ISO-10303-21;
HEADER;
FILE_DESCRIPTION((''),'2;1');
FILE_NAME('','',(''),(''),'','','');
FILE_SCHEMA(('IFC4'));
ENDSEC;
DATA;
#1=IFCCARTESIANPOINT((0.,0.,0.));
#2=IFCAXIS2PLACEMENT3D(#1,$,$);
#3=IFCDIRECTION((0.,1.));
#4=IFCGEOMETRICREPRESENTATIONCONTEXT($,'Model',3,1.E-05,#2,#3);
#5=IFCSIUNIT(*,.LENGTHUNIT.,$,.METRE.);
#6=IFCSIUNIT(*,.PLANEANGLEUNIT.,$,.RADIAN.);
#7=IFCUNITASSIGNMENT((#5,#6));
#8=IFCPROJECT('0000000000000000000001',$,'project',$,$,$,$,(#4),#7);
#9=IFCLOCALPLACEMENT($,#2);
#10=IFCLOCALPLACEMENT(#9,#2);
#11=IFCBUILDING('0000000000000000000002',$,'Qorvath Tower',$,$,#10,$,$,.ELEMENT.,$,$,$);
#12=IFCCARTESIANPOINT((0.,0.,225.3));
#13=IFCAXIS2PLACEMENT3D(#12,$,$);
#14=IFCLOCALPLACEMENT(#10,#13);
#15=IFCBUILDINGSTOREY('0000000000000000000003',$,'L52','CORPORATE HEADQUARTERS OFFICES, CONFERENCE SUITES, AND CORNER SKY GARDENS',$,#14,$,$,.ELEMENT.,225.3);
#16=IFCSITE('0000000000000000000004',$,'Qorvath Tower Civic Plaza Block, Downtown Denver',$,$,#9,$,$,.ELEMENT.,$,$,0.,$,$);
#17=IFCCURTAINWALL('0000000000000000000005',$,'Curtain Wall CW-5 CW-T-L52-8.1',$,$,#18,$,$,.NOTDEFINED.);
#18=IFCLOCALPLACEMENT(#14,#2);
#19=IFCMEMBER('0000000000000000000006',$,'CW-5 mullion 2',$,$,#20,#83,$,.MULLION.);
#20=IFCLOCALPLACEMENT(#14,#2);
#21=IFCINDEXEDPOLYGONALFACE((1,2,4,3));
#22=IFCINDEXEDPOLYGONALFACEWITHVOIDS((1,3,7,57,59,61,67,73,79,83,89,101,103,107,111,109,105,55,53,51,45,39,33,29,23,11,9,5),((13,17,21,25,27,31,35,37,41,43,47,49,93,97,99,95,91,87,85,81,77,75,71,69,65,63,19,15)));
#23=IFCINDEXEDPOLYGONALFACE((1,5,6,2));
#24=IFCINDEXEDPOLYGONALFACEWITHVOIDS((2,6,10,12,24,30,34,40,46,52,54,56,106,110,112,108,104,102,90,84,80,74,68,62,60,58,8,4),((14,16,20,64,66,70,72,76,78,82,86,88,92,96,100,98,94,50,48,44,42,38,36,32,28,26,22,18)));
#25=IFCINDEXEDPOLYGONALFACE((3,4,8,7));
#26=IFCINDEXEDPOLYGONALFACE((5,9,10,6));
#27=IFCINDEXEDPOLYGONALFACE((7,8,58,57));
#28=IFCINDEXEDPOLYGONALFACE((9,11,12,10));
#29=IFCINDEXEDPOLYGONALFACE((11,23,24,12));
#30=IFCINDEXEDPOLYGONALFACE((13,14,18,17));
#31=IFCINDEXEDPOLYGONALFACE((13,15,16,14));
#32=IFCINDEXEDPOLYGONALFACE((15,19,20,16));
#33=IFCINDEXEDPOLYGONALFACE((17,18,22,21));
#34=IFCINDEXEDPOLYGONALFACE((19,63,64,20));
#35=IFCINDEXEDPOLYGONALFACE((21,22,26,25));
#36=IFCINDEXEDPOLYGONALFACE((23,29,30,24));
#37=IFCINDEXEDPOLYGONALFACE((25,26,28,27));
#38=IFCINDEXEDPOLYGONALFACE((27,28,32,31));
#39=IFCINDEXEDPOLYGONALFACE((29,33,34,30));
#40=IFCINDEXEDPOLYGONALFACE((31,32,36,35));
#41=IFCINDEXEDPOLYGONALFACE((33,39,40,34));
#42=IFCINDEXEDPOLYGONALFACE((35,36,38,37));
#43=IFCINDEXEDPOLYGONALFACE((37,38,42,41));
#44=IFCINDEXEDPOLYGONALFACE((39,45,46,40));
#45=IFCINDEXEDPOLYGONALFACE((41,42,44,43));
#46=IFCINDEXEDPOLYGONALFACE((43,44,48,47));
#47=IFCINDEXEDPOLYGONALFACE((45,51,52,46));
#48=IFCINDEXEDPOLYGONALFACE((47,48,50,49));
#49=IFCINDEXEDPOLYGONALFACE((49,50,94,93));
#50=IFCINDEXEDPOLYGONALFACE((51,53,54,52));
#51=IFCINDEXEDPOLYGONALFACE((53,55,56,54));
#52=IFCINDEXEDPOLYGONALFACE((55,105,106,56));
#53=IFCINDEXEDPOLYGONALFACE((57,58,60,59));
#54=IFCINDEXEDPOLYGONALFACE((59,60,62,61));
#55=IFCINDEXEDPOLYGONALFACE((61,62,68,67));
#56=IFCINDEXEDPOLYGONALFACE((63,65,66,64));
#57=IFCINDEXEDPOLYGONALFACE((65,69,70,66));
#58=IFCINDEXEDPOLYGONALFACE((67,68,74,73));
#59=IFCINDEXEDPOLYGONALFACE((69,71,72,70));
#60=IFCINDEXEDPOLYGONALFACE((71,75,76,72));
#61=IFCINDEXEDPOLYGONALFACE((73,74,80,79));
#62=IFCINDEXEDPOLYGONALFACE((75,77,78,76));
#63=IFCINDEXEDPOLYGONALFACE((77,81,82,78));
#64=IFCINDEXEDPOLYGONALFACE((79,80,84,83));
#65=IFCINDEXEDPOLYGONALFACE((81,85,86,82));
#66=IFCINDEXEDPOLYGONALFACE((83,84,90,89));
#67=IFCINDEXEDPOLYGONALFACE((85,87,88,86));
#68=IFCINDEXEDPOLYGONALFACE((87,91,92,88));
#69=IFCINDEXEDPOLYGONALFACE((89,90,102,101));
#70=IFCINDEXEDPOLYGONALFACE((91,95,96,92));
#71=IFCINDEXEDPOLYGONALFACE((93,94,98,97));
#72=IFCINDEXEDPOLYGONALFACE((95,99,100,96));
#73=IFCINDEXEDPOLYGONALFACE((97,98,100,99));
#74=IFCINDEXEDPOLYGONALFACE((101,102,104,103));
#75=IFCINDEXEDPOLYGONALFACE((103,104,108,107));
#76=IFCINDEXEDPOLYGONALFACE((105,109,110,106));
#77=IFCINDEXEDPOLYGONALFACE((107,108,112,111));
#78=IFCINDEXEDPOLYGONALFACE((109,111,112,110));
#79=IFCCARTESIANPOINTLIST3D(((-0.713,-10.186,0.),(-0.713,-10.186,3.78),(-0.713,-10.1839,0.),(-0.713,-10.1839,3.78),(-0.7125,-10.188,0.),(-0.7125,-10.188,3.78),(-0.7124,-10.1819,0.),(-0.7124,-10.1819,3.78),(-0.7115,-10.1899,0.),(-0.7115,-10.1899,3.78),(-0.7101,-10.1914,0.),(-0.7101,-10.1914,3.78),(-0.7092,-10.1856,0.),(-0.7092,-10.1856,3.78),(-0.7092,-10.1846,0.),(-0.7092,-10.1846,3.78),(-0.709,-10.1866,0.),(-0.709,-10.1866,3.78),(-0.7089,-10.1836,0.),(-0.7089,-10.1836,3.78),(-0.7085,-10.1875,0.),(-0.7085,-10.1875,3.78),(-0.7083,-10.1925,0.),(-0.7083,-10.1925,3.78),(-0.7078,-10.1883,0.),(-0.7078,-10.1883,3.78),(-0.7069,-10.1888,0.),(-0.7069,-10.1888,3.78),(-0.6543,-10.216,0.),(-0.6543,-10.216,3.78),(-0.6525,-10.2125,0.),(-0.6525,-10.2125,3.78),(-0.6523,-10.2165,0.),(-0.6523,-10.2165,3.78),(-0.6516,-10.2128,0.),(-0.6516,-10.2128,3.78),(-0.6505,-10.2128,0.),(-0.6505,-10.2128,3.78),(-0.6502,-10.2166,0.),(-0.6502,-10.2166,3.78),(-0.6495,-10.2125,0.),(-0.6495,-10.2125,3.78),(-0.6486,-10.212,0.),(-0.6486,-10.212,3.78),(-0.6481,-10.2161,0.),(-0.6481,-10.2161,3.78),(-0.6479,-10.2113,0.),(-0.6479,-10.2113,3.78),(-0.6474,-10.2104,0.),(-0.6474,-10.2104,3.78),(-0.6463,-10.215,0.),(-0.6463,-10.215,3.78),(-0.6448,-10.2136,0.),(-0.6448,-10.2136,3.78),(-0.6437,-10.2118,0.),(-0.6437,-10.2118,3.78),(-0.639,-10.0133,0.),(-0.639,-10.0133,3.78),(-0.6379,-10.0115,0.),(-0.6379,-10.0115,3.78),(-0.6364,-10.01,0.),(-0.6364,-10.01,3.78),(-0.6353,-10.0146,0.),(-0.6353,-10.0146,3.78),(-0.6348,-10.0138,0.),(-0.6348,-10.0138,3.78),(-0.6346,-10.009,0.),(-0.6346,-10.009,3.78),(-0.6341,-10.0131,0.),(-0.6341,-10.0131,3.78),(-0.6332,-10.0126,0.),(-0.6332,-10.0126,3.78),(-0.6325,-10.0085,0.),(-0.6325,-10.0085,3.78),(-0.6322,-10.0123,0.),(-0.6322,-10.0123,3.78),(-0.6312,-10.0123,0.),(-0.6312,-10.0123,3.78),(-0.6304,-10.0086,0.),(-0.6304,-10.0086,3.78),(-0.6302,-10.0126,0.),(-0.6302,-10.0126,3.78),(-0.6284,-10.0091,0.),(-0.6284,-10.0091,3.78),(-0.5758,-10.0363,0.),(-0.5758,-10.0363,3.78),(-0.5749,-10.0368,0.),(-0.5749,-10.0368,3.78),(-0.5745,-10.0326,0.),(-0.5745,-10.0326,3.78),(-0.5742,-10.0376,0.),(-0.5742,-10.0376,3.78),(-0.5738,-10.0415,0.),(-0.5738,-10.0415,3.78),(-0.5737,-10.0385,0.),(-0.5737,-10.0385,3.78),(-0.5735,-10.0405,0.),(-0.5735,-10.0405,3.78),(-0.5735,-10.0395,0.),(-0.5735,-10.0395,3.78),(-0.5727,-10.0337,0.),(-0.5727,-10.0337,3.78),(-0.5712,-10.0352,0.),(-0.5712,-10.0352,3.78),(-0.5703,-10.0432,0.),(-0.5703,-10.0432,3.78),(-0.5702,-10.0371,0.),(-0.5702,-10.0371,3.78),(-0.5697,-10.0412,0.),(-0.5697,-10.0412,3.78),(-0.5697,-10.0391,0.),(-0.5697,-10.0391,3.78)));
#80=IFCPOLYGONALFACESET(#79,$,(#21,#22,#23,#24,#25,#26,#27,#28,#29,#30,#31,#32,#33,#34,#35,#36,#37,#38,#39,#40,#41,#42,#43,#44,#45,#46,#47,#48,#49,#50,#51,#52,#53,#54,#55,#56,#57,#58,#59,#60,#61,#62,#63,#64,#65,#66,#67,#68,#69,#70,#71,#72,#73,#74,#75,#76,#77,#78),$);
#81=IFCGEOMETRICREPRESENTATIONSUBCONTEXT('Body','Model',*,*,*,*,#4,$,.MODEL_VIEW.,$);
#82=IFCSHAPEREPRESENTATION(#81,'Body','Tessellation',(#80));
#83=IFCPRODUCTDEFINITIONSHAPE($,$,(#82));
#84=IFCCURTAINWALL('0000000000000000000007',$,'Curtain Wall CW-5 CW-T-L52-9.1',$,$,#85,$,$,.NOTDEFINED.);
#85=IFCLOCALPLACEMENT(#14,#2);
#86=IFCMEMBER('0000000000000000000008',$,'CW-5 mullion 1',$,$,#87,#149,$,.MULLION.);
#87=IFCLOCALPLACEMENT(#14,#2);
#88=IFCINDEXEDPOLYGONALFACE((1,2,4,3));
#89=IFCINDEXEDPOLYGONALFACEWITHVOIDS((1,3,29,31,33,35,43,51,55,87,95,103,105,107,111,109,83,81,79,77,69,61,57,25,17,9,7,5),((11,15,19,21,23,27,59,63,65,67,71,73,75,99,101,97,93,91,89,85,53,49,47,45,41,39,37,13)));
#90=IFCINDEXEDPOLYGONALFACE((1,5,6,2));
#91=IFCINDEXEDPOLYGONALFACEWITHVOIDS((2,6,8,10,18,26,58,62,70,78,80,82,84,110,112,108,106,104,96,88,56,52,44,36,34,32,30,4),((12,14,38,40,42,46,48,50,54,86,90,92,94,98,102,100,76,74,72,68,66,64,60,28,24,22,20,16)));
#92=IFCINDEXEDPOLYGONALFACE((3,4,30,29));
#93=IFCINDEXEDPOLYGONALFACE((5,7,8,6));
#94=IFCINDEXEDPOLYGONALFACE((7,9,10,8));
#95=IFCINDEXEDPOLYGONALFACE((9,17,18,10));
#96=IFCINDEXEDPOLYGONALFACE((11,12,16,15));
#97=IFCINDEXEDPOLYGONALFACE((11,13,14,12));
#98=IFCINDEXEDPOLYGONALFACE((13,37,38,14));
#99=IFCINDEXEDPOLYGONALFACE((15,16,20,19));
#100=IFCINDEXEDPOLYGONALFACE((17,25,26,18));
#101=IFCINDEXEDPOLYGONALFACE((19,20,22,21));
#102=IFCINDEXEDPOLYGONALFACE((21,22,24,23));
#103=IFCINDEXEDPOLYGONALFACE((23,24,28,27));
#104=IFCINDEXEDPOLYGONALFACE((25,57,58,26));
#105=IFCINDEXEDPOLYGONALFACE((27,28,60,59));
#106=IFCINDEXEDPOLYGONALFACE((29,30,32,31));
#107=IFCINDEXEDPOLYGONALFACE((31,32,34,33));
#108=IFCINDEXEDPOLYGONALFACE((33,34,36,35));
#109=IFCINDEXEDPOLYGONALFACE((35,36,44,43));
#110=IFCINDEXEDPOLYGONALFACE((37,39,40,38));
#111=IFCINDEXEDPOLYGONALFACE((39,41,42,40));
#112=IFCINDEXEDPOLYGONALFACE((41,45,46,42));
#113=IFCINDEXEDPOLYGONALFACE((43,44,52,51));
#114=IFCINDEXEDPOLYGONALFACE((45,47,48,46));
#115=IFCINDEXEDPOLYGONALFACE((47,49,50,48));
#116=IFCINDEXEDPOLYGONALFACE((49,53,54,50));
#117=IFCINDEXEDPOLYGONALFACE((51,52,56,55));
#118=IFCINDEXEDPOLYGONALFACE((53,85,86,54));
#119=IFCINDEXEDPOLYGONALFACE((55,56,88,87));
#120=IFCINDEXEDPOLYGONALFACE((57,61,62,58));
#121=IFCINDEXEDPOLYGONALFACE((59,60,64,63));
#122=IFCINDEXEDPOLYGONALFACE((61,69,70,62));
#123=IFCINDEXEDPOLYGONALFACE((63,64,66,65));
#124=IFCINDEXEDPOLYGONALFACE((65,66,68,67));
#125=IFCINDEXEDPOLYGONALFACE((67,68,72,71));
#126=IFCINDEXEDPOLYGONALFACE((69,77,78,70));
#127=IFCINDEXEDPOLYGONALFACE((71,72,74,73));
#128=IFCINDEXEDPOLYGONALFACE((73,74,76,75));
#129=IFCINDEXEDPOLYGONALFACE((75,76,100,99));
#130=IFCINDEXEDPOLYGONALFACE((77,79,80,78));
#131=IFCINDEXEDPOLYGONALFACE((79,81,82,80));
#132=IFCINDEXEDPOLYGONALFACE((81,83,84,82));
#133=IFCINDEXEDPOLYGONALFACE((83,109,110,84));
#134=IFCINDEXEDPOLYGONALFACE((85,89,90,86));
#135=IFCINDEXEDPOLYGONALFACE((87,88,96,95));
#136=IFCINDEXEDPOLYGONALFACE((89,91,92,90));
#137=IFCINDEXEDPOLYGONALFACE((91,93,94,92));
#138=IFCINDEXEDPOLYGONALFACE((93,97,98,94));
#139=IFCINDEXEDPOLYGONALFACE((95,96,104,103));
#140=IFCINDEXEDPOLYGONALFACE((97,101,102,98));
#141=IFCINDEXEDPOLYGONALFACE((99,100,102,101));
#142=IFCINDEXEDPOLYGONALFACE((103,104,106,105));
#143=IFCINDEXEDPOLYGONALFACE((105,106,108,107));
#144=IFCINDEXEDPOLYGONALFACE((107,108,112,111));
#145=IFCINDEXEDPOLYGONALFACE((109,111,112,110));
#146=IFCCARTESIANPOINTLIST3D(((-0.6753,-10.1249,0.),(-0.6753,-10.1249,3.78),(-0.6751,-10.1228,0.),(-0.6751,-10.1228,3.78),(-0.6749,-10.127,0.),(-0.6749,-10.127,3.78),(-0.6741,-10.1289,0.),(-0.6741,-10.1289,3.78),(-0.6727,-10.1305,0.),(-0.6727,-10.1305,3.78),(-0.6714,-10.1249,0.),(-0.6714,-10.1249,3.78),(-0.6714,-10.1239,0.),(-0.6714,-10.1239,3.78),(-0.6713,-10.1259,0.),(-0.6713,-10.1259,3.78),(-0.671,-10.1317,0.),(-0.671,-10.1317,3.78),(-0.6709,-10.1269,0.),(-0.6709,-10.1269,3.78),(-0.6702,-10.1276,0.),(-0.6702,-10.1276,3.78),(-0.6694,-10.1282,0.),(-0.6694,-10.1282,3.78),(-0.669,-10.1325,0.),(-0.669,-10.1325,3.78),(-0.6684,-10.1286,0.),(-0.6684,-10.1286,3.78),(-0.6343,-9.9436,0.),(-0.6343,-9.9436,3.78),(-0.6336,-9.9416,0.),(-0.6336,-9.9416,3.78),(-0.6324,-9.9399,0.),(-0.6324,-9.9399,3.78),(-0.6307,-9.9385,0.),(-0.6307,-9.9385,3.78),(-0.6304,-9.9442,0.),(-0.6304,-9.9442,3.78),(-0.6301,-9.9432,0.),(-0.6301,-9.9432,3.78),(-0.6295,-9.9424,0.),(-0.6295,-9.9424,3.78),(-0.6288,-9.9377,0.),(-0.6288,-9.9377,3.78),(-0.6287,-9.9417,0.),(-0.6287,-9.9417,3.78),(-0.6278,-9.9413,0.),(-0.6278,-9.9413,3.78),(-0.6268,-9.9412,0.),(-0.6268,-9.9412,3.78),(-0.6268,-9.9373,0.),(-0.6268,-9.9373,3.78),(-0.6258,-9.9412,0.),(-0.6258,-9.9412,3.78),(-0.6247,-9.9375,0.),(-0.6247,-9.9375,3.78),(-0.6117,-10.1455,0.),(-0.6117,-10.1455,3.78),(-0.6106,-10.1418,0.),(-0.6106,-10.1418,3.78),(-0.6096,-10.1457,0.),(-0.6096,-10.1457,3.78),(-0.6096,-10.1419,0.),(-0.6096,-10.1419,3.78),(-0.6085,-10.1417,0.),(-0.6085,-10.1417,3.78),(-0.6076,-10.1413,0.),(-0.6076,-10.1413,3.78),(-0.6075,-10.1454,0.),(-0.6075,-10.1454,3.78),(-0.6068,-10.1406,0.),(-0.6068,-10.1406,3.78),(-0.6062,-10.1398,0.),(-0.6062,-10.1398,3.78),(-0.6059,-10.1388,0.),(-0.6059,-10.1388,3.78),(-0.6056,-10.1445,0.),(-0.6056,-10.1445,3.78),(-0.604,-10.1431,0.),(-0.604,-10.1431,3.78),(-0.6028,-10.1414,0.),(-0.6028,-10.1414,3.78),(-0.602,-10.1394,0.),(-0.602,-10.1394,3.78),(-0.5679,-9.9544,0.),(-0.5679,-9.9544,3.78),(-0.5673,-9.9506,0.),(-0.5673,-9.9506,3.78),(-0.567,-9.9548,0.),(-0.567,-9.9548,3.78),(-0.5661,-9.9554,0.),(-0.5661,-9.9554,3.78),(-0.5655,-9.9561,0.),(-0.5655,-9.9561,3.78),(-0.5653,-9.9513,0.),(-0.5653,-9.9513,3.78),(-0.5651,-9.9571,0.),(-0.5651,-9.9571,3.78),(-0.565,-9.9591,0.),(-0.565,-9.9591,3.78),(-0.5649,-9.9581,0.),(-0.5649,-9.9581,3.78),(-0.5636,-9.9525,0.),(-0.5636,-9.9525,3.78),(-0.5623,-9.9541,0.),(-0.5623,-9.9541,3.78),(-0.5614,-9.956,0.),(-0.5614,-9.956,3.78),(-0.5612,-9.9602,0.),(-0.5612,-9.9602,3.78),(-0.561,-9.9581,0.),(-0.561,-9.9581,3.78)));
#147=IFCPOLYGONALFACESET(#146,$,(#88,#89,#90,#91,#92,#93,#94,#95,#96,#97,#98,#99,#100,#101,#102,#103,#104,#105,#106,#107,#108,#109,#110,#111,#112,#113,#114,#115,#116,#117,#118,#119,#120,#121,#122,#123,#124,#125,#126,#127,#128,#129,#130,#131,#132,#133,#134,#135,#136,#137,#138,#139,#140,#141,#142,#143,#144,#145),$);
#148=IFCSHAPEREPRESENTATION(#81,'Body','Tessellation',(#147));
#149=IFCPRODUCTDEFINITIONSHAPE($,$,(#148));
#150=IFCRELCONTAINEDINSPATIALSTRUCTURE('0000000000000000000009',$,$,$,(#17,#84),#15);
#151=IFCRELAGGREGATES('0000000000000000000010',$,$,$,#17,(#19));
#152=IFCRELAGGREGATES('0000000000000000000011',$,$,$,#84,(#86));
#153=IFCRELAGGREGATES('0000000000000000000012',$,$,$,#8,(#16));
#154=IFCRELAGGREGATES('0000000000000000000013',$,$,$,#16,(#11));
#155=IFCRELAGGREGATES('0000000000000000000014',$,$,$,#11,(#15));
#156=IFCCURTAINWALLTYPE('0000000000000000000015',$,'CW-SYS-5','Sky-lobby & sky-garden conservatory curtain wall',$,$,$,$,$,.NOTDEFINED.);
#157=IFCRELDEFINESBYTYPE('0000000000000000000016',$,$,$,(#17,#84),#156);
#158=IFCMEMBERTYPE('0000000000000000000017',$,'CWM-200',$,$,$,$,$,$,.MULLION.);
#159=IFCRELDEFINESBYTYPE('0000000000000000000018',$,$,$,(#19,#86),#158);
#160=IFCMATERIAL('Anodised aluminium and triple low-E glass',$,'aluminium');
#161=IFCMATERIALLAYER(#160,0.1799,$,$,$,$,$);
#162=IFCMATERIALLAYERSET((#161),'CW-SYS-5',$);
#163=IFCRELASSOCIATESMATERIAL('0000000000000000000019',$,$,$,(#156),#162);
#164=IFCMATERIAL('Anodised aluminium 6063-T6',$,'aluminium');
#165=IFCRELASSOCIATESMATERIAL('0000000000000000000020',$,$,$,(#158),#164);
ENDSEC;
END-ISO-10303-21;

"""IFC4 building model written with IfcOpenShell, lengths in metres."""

from ifc_helpers import new_model, si_unit, direction, frame, origin, origin_2d, place, context, subcontext, project, spatial, hollow_rectangle, extrude, material, layer, layer_set, material_profile, profile_set, type_object, element, aggregate, save


model = new_model("IFC4")

# Units and contexts
model_context = context("Model", 3, precision=1e-05, world=origin(), true_north=direction((0.0, 1.0)))
body_context = subcontext(model_context, "Body", "Model", "MODEL_VIEW")
ifc_project = project(units=[si_unit("LENGTHUNIT", "METRE"), si_unit("PLANEANGLEUNIT", "RADIAN")], contexts=[model_context])

# Site, building, storey
site_placement = place(None, origin())
site = spatial("IfcSite", under=ifc_project, at=site_placement, Name="Qorvath Tower Civic Plaza Block, Downtown Denver", CompositionType="ELEMENT", RefElevation=0.0)
building_placement = place(site_placement, origin())
building = spatial("IfcBuilding", under=site, at=building_placement, Name="Qorvath Tower", CompositionType="ELEMENT")
storey_placement = place(building_placement, frame((0.0, 0.0, 225.3)))
storey = spatial("IfcBuildingStorey", under=building, at=storey_placement, Name="L52", Description="CORPORATE HEADQUARTERS OFFICES, CONFERENCE SUITES, AND CORNER SKY GARDENS", CompositionType="ELEMENT", Elevation=225.3)

# Shared definitions
ifc_material_1 = material(Name="Anodised aluminium and triple low-E glass", Category="aluminium")
ifc_layer_1 = layer(ifc_material_1, 0.1799)
ifc_layer_set_1 = layer_set([ifc_layer_1], Name="CW-SYS-5")
curtain_wall_type = type_object("IfcCurtainWallType", Name="CW-SYS-5", Description="Sky-lobby & sky-garden conservatory curtain wall", PredefinedType="NOTDEFINED", material=ifc_layer_set_1)
ifc_material_2 = material(Name="Anodised aluminium 6063-T6", Category="aluminium")
ifc_material_profile_1 = material_profile(ifc_material_2, hollow_rectangle(XDim=0.075, YDim=0.2, WallThickness=0.0039, InnerFilletRadius=0.0039, OuterFilletRadius=0.0081, at=origin_2d()), Name="CWM 200x75")
ifc_profile_set_1 = profile_set([ifc_material_profile_1], Name="Anodised aluminium 6063-T6")
member_type_1 = type_object("IfcMemberType", Name="CWM-200", PredefinedType="MULLION", material=ifc_profile_set_1)

# Curtain wall, member
curtain_wall_1_placement = place(storey_placement, origin())
curtain_wall_1 = element("IfcCurtainWall", 1, at=curtain_wall_1_placement, inside=storey, type_object=curtain_wall_type, Name="Curtain Wall CW-5 CW-T-L52-8.1", PredefinedType="NOTDEFINED")
member_1_placement = place(storey_placement, frame((-0.6414, -10.1125, 0.0), z_axis=(0.0, 0.0, 1.0), x_axis=(-0.916785, 0.399382, 0.0)))
member_1 = element("IfcMember", 2, at=member_1_placement, type_object=member_type_1, Name="CW-5 mullion 2", PredefinedType="MULLION", context=body_context, shape_type="SweptSolid", body=[
    extrude(hollow_rectangle(XDim=0.075, YDim=0.2, WallThickness=0.0039, InnerFilletRadius=0.0039, OuterFilletRadius=0.0081, at=origin_2d()), origin(), (0.0, 0.0, 1.0), 3.78),
])

# Curtain wall, member
curtain_wall_2_placement = place(storey_placement, origin())
curtain_wall_2 = element("IfcCurtainWall", 3, at=curtain_wall_2_placement, inside=storey, type_object=curtain_wall_type, Name="Curtain Wall CW-5 CW-T-L52-9.1", PredefinedType="NOTDEFINED")
member_2_placement = place(storey_placement, frame((-0.6182, -10.0415, 0.0), z_axis=(0.0, 0.0, 1.0), x_axis=(-0.975053, 0.22197, 0.0)))
member_2 = element("IfcMember", 4, at=member_2_placement, type_object=member_type_1, Name="CW-5 mullion 1", PredefinedType="MULLION", context=body_context, shape_type="SweptSolid", body=[
    extrude(hollow_rectangle(XDim=0.075, YDim=0.2, WallThickness=0.0039, InnerFilletRadius=0.0039, OuterFilletRadius=0.0081, at=origin_2d()), origin(), (0.0, 0.0, 1.0), 3.78),
])

aggregate(curtain_wall_1, [member_1])
aggregate(curtain_wall_2, [member_2])

save(model, "model.ifc")
